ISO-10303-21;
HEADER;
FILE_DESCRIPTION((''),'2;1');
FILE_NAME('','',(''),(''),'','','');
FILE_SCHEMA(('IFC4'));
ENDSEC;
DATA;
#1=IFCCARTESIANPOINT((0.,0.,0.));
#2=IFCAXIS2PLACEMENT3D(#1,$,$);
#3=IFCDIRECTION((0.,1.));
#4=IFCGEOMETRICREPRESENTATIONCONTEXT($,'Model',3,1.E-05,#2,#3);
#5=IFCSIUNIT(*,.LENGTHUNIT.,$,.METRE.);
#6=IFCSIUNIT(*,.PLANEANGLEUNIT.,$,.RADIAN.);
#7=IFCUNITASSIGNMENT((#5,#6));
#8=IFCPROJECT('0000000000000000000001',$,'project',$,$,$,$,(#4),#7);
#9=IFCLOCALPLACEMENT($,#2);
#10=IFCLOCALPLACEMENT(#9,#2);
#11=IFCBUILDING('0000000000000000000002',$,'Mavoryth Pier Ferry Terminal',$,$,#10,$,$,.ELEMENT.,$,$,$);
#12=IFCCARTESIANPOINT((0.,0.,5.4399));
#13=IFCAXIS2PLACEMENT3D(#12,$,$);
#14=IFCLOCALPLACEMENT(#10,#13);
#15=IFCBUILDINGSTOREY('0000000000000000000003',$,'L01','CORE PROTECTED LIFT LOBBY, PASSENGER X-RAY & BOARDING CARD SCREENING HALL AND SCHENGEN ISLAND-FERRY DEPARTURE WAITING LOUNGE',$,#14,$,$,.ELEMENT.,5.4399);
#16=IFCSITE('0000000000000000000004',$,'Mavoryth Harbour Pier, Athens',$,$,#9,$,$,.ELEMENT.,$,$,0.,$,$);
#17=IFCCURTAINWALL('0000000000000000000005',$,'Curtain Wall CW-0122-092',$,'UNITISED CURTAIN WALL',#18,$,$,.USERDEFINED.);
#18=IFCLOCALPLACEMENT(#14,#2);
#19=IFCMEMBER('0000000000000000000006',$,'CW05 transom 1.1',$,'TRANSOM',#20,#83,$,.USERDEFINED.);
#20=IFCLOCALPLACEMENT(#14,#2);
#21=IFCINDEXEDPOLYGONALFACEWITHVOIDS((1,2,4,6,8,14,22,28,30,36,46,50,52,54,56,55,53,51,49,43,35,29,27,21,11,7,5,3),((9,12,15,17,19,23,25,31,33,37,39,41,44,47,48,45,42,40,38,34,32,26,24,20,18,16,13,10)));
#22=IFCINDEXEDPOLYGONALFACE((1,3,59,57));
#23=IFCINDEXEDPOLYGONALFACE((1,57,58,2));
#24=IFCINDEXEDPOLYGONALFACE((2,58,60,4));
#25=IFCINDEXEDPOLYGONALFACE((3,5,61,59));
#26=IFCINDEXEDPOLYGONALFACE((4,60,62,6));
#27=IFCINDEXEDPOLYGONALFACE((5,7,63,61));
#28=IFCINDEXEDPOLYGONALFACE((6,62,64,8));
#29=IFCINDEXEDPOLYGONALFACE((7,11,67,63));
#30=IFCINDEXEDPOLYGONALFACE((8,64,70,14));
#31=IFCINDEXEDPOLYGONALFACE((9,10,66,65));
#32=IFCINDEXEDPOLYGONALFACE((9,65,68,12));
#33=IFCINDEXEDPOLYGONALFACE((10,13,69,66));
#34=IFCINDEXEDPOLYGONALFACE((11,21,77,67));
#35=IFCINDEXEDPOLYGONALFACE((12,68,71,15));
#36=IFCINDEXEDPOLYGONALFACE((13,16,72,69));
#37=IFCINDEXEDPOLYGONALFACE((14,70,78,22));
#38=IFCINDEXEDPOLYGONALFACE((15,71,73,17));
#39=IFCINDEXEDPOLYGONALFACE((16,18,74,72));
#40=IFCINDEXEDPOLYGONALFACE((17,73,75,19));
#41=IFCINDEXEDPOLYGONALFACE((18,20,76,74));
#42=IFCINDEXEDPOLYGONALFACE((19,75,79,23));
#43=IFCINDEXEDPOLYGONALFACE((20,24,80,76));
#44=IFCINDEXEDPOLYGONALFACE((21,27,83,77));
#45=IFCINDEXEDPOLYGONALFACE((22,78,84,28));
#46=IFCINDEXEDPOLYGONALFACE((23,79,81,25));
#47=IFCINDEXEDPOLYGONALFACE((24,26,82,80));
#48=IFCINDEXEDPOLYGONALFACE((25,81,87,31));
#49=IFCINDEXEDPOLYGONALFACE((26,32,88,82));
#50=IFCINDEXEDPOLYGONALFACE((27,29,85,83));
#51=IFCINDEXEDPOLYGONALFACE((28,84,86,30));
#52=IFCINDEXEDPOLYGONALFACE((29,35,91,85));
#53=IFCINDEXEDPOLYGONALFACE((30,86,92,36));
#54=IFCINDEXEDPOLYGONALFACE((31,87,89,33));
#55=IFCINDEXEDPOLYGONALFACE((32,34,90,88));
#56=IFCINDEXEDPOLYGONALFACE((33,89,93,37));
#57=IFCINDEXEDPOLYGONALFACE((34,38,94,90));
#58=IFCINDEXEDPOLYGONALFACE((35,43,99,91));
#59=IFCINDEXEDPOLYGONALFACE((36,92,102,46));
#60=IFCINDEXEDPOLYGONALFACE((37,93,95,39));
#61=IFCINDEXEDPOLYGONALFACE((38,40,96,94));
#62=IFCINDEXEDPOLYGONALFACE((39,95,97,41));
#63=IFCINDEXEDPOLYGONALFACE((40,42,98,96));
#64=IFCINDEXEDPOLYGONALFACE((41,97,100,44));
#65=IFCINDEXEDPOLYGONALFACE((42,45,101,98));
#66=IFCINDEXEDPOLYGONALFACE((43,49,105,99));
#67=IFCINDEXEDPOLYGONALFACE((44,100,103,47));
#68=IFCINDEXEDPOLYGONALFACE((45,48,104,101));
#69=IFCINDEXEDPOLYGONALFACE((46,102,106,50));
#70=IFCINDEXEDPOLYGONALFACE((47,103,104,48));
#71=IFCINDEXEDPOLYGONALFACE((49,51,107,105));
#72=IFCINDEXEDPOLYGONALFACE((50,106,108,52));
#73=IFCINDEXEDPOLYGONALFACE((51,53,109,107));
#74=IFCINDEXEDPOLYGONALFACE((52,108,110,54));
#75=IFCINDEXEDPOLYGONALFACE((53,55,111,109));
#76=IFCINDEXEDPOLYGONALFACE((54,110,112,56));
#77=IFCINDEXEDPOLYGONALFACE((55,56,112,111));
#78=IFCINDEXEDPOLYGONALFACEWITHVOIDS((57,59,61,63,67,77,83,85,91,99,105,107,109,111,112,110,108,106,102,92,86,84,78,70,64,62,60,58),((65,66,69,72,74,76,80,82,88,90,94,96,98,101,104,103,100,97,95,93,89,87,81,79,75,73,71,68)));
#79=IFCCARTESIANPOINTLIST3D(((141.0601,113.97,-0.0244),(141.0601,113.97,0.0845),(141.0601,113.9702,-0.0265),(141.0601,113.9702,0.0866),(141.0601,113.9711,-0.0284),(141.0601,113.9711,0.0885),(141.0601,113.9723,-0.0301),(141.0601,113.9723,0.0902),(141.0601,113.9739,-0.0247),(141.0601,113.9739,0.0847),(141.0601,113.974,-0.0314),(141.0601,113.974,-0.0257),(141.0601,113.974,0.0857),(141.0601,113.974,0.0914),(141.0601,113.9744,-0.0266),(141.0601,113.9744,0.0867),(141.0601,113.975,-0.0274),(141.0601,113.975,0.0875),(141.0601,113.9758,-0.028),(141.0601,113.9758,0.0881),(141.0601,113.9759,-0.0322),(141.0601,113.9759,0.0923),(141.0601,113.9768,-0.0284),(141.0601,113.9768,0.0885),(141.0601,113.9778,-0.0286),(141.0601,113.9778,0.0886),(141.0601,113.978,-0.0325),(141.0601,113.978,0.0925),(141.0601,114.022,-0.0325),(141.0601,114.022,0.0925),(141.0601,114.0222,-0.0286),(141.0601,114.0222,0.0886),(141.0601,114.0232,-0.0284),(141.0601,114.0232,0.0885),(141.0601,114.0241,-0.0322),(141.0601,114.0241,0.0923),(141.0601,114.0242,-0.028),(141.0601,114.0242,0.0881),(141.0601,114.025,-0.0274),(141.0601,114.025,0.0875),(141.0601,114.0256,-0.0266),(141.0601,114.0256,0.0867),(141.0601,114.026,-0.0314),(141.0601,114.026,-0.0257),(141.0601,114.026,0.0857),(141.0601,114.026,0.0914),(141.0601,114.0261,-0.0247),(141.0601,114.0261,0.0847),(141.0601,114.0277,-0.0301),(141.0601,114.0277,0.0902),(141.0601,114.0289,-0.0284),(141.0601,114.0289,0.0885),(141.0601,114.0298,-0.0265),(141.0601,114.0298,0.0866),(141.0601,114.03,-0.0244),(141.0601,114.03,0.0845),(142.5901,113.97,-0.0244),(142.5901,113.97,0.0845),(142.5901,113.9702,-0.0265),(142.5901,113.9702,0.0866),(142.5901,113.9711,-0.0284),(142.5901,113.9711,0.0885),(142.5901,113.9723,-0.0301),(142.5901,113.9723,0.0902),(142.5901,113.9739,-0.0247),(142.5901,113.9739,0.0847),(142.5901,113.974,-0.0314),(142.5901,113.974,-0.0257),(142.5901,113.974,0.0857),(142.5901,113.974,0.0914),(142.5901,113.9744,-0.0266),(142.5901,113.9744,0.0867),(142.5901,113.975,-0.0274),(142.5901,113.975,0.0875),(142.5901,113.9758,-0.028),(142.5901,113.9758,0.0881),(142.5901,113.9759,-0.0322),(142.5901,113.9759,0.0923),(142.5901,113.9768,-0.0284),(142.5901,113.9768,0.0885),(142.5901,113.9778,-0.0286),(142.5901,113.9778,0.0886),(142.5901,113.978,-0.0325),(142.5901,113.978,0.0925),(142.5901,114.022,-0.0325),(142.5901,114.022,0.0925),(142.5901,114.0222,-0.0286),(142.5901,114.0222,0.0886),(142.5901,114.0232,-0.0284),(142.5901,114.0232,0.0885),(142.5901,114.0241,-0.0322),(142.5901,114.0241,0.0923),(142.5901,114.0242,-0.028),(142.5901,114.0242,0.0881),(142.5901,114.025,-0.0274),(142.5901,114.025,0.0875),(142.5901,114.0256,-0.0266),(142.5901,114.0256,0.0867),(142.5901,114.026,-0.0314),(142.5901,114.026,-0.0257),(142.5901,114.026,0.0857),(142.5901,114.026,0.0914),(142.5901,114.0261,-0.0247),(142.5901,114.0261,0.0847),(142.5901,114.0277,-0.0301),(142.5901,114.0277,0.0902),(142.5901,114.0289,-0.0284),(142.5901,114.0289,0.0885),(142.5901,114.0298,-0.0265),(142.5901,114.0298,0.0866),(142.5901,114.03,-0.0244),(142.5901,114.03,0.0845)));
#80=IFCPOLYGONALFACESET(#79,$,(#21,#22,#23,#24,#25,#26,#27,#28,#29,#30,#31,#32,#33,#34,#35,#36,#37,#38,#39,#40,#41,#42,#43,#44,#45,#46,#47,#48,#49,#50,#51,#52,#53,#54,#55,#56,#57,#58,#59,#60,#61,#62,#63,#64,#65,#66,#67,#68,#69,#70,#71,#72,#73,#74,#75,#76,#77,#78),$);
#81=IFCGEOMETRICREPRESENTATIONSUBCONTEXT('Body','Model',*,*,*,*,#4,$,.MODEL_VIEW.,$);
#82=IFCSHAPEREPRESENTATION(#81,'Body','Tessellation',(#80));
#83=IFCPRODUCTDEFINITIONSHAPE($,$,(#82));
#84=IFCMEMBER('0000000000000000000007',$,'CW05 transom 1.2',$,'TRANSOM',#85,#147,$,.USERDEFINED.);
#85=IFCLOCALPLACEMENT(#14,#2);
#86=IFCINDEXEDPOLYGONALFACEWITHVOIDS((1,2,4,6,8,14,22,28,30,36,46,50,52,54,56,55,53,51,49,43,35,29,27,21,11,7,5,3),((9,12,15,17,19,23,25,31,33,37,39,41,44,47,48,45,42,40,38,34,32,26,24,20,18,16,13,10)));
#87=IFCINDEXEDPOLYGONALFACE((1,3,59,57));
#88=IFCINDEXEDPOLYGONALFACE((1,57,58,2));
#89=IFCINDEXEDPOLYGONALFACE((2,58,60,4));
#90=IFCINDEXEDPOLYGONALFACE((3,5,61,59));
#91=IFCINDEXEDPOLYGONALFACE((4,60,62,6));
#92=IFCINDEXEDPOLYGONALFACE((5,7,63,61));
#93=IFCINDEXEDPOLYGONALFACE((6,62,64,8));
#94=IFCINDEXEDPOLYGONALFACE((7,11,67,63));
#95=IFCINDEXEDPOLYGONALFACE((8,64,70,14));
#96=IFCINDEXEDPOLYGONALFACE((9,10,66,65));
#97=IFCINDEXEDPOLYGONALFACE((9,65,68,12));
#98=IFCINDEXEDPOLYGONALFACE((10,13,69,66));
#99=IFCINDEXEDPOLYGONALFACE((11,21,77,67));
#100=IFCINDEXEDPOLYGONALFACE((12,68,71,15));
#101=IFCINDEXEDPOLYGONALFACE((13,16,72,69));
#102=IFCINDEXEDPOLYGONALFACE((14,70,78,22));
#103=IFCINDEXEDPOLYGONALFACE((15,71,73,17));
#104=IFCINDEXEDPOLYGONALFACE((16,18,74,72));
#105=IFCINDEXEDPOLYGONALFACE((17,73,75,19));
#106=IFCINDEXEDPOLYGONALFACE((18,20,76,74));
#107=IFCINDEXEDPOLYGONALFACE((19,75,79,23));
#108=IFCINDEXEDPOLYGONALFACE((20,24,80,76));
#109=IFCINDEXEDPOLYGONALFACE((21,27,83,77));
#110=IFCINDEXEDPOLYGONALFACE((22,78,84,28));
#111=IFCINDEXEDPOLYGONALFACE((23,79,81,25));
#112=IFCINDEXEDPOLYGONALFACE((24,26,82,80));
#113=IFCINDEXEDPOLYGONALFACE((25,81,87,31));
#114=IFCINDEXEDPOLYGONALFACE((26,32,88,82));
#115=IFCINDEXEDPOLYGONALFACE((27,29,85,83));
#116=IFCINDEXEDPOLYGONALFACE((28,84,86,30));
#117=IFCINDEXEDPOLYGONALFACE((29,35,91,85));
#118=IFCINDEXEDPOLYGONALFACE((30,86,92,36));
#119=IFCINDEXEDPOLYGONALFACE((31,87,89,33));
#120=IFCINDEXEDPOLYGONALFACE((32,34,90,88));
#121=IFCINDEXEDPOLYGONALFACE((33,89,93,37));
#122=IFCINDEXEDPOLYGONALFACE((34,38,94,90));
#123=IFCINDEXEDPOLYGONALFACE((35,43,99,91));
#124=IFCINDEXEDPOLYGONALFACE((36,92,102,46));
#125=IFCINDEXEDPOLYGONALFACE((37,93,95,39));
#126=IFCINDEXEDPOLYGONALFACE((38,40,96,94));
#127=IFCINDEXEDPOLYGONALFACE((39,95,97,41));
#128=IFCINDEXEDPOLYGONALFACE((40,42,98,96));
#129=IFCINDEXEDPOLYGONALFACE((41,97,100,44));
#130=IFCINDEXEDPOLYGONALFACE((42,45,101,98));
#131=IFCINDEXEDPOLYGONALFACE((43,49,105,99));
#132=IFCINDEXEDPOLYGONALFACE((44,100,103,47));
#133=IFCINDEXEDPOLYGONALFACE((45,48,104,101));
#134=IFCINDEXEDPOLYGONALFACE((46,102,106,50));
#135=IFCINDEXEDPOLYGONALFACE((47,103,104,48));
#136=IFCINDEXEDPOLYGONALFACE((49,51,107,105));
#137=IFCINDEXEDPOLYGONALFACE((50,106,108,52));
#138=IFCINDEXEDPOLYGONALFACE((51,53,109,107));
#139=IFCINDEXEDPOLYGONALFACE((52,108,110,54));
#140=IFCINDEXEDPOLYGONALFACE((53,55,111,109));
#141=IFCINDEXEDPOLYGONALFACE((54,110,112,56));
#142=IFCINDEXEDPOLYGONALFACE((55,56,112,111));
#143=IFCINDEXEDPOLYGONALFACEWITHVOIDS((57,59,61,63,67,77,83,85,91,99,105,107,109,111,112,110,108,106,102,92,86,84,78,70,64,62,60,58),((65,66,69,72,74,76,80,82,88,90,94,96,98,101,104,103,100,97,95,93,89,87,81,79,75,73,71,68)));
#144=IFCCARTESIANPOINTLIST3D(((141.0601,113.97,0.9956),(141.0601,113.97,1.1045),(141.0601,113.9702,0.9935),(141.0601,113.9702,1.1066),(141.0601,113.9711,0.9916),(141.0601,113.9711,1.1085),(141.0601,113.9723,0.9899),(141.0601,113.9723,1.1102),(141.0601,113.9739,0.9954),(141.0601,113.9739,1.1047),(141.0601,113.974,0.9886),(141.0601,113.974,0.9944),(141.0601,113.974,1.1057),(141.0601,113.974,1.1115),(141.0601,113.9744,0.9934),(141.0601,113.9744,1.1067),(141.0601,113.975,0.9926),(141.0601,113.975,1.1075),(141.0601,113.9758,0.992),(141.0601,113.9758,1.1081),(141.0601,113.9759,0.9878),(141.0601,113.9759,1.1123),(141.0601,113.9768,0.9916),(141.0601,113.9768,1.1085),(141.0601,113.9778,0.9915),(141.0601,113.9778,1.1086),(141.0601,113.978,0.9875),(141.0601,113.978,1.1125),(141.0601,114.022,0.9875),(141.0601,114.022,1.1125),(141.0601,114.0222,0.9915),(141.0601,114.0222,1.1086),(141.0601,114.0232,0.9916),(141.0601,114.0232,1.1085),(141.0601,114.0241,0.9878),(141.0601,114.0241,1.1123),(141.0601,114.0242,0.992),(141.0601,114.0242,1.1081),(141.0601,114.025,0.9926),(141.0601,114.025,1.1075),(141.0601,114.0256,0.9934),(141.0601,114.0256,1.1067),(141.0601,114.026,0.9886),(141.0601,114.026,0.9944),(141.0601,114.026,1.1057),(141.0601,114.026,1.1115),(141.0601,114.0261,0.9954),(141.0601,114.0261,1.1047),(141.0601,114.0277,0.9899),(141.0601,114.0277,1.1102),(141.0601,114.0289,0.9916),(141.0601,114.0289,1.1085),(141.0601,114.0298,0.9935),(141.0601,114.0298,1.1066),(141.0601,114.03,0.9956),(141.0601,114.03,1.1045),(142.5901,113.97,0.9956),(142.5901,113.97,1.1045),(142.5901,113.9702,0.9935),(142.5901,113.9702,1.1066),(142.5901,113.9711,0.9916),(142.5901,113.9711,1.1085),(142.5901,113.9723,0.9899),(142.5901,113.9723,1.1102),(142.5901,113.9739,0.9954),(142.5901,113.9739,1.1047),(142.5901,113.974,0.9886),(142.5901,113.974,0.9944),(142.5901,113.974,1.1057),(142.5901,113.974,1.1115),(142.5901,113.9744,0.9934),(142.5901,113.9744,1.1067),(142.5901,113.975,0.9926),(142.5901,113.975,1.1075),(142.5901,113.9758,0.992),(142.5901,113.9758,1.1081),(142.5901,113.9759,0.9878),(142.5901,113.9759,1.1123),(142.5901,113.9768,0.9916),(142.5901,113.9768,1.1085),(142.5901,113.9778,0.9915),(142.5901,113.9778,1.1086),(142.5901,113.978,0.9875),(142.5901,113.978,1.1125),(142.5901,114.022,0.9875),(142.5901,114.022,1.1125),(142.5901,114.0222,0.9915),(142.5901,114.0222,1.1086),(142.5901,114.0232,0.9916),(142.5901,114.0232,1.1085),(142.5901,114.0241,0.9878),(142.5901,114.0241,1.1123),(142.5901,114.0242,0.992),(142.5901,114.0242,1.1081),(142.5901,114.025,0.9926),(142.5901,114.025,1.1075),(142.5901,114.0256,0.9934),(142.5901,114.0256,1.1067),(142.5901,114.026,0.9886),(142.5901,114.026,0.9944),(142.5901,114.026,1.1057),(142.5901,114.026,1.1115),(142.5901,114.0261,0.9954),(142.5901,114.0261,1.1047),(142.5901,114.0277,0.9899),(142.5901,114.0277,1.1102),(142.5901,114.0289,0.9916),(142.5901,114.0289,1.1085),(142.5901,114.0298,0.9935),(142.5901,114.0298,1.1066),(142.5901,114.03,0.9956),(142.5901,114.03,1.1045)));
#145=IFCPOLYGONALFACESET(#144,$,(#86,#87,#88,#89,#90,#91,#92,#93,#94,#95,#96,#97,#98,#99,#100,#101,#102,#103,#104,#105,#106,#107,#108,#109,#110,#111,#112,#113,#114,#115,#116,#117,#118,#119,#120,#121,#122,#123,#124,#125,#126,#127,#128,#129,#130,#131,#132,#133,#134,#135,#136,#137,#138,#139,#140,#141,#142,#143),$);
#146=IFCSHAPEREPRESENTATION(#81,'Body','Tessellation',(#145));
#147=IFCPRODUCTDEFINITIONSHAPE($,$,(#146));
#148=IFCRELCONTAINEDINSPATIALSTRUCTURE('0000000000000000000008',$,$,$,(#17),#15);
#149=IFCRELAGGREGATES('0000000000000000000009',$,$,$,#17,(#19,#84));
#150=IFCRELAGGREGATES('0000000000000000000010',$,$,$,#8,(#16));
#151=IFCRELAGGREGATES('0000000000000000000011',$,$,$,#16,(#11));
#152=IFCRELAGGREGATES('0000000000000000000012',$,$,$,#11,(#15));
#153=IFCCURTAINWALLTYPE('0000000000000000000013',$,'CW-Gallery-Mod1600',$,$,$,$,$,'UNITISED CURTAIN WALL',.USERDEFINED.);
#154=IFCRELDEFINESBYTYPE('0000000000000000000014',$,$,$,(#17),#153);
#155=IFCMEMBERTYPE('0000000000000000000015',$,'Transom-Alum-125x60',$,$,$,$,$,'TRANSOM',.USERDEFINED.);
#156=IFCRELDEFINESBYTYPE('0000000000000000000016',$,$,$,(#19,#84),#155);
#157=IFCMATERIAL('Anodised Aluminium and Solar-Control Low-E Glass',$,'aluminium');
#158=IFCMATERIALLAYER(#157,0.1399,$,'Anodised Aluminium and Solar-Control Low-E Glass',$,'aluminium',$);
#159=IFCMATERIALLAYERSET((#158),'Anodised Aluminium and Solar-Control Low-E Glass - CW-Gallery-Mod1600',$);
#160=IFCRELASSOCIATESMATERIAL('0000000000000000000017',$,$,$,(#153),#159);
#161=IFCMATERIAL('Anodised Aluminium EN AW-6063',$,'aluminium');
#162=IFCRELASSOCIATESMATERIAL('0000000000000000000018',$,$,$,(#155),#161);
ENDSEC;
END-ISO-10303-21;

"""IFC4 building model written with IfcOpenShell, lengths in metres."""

from ifc_helpers import new_model, si_unit, direction, frame, origin, origin_2d, place, context, subcontext, project, spatial, hollow_rectangle, extrude, material, layer, layer_set, material_profile, profile_set, type_object, element, aggregate, save


model = new_model("IFC4")

# Units and contexts
model_context = context("Model", 3, precision=1e-05, world=origin(), true_north=direction((0.0, 1.0)))
body_context = subcontext(model_context, "Body", "Model", "MODEL_VIEW")
ifc_project = project(units=[si_unit("LENGTHUNIT", "METRE"), si_unit("PLANEANGLEUNIT", "RADIAN")], contexts=[model_context])

# Site, building, storey
site_placement = place(None, origin())
site = spatial("IfcSite", under=ifc_project, at=site_placement, Name="Mavoryth Harbour Pier, Athens", CompositionType="ELEMENT", RefElevation=0.0)
building_placement = place(site_placement, origin())
building = spatial("IfcBuilding", under=site, at=building_placement, Name="Mavoryth Pier Ferry Terminal", CompositionType="ELEMENT")
storey_placement = place(building_placement, frame((0.0, 0.0, 5.4399)))
storey = spatial("IfcBuildingStorey", under=building, at=storey_placement, Name="L01", Description="CORE PROTECTED LIFT LOBBY, PASSENGER X-RAY & BOARDING CARD SCREENING HALL AND SCHENGEN ISLAND-FERRY DEPARTURE WAITING LOUNGE", CompositionType="ELEMENT", Elevation=5.4399)

# Curtain wall, members
ifc_material_1 = material(Name="Anodised Aluminium and Solar-Control Low-E Glass", Category="aluminium")
ifc_layer_1 = layer(ifc_material_1, 0.1399, Name="Anodised Aluminium and Solar-Control Low-E Glass", Category="aluminium")
ifc_layer_set_1 = layer_set([ifc_layer_1], Name="Anodised Aluminium and Solar-Control Low-E Glass - CW-Gallery-Mod1600")
curtain_wall_type = type_object("IfcCurtainWallType", Name="CW-Gallery-Mod1600", ElementType="UNITISED CURTAIN WALL", PredefinedType="USERDEFINED", material=ifc_layer_set_1)
curtain_wall_placement = place(storey_placement, origin())
curtain_wall = element("IfcCurtainWall", 1, at=curtain_wall_placement, inside=storey, type_object=curtain_wall_type, Name="Curtain Wall CW-0122-092", ObjectType="UNITISED CURTAIN WALL", PredefinedType="USERDEFINED")
ifc_material_2 = material(Name="Anodised Aluminium EN AW-6063", Category="aluminium")
ifc_material_profile_1 = material_profile(ifc_material_2, hollow_rectangle(XDim=0.0601, YDim=0.125, WallThickness=0.0039, InnerFilletRadius=0.0039, OuterFilletRadius=0.0081, at=origin_2d()), Name="AL-TRAN 125x60x4", Category="aluminium")
ifc_profile_set_1 = profile_set([ifc_material_profile_1], Name="Anodised Aluminium EN AW-6063 - AL-TRAN 125x60x4")
member_type_1 = type_object("IfcMemberType", Name="Transom-Alum-125x60", ElementType="TRANSOM", PredefinedType="USERDEFINED", material=ifc_profile_set_1)
member_1_placement = place(storey_placement, frame((142.5901, 114.0, 0.03), z_axis=(-1.0, 0.0, 0.0), x_axis=(0.0, -1.0, 0.0)))
member_1 = element("IfcMember", 2, at=member_1_placement, type_object=member_type_1, Name="CW05 transom 1.1", ObjectType="TRANSOM", PredefinedType="USERDEFINED", context=body_context, shape_type="SweptSolid", body=[
    extrude(hollow_rectangle(XDim=0.0601, YDim=0.125, WallThickness=0.0039, InnerFilletRadius=0.0039, OuterFilletRadius=0.0081, at=origin_2d()), origin(), (0.0, 0.0, 1.0), 1.53),
])
member_2_placement = place(storey_placement, frame((142.5901, 114.0, 1.05), z_axis=(-1.0, 0.0, 0.0), x_axis=(0.0, -1.0, 0.0)))
member_2 = element("IfcMember", 3, at=member_2_placement, type_object=member_type_1, Name="CW05 transom 1.2", ObjectType="TRANSOM", PredefinedType="USERDEFINED", context=body_context, shape_type="SweptSolid", body=[
    extrude(hollow_rectangle(XDim=0.0601, YDim=0.125, WallThickness=0.0039, InnerFilletRadius=0.0039, OuterFilletRadius=0.0081, at=origin_2d()), origin(), (0.0, 0.0, 1.0), 1.53),
])
aggregate(curtain_wall, [member_1, member_2])

save(model, "model.ifc")
